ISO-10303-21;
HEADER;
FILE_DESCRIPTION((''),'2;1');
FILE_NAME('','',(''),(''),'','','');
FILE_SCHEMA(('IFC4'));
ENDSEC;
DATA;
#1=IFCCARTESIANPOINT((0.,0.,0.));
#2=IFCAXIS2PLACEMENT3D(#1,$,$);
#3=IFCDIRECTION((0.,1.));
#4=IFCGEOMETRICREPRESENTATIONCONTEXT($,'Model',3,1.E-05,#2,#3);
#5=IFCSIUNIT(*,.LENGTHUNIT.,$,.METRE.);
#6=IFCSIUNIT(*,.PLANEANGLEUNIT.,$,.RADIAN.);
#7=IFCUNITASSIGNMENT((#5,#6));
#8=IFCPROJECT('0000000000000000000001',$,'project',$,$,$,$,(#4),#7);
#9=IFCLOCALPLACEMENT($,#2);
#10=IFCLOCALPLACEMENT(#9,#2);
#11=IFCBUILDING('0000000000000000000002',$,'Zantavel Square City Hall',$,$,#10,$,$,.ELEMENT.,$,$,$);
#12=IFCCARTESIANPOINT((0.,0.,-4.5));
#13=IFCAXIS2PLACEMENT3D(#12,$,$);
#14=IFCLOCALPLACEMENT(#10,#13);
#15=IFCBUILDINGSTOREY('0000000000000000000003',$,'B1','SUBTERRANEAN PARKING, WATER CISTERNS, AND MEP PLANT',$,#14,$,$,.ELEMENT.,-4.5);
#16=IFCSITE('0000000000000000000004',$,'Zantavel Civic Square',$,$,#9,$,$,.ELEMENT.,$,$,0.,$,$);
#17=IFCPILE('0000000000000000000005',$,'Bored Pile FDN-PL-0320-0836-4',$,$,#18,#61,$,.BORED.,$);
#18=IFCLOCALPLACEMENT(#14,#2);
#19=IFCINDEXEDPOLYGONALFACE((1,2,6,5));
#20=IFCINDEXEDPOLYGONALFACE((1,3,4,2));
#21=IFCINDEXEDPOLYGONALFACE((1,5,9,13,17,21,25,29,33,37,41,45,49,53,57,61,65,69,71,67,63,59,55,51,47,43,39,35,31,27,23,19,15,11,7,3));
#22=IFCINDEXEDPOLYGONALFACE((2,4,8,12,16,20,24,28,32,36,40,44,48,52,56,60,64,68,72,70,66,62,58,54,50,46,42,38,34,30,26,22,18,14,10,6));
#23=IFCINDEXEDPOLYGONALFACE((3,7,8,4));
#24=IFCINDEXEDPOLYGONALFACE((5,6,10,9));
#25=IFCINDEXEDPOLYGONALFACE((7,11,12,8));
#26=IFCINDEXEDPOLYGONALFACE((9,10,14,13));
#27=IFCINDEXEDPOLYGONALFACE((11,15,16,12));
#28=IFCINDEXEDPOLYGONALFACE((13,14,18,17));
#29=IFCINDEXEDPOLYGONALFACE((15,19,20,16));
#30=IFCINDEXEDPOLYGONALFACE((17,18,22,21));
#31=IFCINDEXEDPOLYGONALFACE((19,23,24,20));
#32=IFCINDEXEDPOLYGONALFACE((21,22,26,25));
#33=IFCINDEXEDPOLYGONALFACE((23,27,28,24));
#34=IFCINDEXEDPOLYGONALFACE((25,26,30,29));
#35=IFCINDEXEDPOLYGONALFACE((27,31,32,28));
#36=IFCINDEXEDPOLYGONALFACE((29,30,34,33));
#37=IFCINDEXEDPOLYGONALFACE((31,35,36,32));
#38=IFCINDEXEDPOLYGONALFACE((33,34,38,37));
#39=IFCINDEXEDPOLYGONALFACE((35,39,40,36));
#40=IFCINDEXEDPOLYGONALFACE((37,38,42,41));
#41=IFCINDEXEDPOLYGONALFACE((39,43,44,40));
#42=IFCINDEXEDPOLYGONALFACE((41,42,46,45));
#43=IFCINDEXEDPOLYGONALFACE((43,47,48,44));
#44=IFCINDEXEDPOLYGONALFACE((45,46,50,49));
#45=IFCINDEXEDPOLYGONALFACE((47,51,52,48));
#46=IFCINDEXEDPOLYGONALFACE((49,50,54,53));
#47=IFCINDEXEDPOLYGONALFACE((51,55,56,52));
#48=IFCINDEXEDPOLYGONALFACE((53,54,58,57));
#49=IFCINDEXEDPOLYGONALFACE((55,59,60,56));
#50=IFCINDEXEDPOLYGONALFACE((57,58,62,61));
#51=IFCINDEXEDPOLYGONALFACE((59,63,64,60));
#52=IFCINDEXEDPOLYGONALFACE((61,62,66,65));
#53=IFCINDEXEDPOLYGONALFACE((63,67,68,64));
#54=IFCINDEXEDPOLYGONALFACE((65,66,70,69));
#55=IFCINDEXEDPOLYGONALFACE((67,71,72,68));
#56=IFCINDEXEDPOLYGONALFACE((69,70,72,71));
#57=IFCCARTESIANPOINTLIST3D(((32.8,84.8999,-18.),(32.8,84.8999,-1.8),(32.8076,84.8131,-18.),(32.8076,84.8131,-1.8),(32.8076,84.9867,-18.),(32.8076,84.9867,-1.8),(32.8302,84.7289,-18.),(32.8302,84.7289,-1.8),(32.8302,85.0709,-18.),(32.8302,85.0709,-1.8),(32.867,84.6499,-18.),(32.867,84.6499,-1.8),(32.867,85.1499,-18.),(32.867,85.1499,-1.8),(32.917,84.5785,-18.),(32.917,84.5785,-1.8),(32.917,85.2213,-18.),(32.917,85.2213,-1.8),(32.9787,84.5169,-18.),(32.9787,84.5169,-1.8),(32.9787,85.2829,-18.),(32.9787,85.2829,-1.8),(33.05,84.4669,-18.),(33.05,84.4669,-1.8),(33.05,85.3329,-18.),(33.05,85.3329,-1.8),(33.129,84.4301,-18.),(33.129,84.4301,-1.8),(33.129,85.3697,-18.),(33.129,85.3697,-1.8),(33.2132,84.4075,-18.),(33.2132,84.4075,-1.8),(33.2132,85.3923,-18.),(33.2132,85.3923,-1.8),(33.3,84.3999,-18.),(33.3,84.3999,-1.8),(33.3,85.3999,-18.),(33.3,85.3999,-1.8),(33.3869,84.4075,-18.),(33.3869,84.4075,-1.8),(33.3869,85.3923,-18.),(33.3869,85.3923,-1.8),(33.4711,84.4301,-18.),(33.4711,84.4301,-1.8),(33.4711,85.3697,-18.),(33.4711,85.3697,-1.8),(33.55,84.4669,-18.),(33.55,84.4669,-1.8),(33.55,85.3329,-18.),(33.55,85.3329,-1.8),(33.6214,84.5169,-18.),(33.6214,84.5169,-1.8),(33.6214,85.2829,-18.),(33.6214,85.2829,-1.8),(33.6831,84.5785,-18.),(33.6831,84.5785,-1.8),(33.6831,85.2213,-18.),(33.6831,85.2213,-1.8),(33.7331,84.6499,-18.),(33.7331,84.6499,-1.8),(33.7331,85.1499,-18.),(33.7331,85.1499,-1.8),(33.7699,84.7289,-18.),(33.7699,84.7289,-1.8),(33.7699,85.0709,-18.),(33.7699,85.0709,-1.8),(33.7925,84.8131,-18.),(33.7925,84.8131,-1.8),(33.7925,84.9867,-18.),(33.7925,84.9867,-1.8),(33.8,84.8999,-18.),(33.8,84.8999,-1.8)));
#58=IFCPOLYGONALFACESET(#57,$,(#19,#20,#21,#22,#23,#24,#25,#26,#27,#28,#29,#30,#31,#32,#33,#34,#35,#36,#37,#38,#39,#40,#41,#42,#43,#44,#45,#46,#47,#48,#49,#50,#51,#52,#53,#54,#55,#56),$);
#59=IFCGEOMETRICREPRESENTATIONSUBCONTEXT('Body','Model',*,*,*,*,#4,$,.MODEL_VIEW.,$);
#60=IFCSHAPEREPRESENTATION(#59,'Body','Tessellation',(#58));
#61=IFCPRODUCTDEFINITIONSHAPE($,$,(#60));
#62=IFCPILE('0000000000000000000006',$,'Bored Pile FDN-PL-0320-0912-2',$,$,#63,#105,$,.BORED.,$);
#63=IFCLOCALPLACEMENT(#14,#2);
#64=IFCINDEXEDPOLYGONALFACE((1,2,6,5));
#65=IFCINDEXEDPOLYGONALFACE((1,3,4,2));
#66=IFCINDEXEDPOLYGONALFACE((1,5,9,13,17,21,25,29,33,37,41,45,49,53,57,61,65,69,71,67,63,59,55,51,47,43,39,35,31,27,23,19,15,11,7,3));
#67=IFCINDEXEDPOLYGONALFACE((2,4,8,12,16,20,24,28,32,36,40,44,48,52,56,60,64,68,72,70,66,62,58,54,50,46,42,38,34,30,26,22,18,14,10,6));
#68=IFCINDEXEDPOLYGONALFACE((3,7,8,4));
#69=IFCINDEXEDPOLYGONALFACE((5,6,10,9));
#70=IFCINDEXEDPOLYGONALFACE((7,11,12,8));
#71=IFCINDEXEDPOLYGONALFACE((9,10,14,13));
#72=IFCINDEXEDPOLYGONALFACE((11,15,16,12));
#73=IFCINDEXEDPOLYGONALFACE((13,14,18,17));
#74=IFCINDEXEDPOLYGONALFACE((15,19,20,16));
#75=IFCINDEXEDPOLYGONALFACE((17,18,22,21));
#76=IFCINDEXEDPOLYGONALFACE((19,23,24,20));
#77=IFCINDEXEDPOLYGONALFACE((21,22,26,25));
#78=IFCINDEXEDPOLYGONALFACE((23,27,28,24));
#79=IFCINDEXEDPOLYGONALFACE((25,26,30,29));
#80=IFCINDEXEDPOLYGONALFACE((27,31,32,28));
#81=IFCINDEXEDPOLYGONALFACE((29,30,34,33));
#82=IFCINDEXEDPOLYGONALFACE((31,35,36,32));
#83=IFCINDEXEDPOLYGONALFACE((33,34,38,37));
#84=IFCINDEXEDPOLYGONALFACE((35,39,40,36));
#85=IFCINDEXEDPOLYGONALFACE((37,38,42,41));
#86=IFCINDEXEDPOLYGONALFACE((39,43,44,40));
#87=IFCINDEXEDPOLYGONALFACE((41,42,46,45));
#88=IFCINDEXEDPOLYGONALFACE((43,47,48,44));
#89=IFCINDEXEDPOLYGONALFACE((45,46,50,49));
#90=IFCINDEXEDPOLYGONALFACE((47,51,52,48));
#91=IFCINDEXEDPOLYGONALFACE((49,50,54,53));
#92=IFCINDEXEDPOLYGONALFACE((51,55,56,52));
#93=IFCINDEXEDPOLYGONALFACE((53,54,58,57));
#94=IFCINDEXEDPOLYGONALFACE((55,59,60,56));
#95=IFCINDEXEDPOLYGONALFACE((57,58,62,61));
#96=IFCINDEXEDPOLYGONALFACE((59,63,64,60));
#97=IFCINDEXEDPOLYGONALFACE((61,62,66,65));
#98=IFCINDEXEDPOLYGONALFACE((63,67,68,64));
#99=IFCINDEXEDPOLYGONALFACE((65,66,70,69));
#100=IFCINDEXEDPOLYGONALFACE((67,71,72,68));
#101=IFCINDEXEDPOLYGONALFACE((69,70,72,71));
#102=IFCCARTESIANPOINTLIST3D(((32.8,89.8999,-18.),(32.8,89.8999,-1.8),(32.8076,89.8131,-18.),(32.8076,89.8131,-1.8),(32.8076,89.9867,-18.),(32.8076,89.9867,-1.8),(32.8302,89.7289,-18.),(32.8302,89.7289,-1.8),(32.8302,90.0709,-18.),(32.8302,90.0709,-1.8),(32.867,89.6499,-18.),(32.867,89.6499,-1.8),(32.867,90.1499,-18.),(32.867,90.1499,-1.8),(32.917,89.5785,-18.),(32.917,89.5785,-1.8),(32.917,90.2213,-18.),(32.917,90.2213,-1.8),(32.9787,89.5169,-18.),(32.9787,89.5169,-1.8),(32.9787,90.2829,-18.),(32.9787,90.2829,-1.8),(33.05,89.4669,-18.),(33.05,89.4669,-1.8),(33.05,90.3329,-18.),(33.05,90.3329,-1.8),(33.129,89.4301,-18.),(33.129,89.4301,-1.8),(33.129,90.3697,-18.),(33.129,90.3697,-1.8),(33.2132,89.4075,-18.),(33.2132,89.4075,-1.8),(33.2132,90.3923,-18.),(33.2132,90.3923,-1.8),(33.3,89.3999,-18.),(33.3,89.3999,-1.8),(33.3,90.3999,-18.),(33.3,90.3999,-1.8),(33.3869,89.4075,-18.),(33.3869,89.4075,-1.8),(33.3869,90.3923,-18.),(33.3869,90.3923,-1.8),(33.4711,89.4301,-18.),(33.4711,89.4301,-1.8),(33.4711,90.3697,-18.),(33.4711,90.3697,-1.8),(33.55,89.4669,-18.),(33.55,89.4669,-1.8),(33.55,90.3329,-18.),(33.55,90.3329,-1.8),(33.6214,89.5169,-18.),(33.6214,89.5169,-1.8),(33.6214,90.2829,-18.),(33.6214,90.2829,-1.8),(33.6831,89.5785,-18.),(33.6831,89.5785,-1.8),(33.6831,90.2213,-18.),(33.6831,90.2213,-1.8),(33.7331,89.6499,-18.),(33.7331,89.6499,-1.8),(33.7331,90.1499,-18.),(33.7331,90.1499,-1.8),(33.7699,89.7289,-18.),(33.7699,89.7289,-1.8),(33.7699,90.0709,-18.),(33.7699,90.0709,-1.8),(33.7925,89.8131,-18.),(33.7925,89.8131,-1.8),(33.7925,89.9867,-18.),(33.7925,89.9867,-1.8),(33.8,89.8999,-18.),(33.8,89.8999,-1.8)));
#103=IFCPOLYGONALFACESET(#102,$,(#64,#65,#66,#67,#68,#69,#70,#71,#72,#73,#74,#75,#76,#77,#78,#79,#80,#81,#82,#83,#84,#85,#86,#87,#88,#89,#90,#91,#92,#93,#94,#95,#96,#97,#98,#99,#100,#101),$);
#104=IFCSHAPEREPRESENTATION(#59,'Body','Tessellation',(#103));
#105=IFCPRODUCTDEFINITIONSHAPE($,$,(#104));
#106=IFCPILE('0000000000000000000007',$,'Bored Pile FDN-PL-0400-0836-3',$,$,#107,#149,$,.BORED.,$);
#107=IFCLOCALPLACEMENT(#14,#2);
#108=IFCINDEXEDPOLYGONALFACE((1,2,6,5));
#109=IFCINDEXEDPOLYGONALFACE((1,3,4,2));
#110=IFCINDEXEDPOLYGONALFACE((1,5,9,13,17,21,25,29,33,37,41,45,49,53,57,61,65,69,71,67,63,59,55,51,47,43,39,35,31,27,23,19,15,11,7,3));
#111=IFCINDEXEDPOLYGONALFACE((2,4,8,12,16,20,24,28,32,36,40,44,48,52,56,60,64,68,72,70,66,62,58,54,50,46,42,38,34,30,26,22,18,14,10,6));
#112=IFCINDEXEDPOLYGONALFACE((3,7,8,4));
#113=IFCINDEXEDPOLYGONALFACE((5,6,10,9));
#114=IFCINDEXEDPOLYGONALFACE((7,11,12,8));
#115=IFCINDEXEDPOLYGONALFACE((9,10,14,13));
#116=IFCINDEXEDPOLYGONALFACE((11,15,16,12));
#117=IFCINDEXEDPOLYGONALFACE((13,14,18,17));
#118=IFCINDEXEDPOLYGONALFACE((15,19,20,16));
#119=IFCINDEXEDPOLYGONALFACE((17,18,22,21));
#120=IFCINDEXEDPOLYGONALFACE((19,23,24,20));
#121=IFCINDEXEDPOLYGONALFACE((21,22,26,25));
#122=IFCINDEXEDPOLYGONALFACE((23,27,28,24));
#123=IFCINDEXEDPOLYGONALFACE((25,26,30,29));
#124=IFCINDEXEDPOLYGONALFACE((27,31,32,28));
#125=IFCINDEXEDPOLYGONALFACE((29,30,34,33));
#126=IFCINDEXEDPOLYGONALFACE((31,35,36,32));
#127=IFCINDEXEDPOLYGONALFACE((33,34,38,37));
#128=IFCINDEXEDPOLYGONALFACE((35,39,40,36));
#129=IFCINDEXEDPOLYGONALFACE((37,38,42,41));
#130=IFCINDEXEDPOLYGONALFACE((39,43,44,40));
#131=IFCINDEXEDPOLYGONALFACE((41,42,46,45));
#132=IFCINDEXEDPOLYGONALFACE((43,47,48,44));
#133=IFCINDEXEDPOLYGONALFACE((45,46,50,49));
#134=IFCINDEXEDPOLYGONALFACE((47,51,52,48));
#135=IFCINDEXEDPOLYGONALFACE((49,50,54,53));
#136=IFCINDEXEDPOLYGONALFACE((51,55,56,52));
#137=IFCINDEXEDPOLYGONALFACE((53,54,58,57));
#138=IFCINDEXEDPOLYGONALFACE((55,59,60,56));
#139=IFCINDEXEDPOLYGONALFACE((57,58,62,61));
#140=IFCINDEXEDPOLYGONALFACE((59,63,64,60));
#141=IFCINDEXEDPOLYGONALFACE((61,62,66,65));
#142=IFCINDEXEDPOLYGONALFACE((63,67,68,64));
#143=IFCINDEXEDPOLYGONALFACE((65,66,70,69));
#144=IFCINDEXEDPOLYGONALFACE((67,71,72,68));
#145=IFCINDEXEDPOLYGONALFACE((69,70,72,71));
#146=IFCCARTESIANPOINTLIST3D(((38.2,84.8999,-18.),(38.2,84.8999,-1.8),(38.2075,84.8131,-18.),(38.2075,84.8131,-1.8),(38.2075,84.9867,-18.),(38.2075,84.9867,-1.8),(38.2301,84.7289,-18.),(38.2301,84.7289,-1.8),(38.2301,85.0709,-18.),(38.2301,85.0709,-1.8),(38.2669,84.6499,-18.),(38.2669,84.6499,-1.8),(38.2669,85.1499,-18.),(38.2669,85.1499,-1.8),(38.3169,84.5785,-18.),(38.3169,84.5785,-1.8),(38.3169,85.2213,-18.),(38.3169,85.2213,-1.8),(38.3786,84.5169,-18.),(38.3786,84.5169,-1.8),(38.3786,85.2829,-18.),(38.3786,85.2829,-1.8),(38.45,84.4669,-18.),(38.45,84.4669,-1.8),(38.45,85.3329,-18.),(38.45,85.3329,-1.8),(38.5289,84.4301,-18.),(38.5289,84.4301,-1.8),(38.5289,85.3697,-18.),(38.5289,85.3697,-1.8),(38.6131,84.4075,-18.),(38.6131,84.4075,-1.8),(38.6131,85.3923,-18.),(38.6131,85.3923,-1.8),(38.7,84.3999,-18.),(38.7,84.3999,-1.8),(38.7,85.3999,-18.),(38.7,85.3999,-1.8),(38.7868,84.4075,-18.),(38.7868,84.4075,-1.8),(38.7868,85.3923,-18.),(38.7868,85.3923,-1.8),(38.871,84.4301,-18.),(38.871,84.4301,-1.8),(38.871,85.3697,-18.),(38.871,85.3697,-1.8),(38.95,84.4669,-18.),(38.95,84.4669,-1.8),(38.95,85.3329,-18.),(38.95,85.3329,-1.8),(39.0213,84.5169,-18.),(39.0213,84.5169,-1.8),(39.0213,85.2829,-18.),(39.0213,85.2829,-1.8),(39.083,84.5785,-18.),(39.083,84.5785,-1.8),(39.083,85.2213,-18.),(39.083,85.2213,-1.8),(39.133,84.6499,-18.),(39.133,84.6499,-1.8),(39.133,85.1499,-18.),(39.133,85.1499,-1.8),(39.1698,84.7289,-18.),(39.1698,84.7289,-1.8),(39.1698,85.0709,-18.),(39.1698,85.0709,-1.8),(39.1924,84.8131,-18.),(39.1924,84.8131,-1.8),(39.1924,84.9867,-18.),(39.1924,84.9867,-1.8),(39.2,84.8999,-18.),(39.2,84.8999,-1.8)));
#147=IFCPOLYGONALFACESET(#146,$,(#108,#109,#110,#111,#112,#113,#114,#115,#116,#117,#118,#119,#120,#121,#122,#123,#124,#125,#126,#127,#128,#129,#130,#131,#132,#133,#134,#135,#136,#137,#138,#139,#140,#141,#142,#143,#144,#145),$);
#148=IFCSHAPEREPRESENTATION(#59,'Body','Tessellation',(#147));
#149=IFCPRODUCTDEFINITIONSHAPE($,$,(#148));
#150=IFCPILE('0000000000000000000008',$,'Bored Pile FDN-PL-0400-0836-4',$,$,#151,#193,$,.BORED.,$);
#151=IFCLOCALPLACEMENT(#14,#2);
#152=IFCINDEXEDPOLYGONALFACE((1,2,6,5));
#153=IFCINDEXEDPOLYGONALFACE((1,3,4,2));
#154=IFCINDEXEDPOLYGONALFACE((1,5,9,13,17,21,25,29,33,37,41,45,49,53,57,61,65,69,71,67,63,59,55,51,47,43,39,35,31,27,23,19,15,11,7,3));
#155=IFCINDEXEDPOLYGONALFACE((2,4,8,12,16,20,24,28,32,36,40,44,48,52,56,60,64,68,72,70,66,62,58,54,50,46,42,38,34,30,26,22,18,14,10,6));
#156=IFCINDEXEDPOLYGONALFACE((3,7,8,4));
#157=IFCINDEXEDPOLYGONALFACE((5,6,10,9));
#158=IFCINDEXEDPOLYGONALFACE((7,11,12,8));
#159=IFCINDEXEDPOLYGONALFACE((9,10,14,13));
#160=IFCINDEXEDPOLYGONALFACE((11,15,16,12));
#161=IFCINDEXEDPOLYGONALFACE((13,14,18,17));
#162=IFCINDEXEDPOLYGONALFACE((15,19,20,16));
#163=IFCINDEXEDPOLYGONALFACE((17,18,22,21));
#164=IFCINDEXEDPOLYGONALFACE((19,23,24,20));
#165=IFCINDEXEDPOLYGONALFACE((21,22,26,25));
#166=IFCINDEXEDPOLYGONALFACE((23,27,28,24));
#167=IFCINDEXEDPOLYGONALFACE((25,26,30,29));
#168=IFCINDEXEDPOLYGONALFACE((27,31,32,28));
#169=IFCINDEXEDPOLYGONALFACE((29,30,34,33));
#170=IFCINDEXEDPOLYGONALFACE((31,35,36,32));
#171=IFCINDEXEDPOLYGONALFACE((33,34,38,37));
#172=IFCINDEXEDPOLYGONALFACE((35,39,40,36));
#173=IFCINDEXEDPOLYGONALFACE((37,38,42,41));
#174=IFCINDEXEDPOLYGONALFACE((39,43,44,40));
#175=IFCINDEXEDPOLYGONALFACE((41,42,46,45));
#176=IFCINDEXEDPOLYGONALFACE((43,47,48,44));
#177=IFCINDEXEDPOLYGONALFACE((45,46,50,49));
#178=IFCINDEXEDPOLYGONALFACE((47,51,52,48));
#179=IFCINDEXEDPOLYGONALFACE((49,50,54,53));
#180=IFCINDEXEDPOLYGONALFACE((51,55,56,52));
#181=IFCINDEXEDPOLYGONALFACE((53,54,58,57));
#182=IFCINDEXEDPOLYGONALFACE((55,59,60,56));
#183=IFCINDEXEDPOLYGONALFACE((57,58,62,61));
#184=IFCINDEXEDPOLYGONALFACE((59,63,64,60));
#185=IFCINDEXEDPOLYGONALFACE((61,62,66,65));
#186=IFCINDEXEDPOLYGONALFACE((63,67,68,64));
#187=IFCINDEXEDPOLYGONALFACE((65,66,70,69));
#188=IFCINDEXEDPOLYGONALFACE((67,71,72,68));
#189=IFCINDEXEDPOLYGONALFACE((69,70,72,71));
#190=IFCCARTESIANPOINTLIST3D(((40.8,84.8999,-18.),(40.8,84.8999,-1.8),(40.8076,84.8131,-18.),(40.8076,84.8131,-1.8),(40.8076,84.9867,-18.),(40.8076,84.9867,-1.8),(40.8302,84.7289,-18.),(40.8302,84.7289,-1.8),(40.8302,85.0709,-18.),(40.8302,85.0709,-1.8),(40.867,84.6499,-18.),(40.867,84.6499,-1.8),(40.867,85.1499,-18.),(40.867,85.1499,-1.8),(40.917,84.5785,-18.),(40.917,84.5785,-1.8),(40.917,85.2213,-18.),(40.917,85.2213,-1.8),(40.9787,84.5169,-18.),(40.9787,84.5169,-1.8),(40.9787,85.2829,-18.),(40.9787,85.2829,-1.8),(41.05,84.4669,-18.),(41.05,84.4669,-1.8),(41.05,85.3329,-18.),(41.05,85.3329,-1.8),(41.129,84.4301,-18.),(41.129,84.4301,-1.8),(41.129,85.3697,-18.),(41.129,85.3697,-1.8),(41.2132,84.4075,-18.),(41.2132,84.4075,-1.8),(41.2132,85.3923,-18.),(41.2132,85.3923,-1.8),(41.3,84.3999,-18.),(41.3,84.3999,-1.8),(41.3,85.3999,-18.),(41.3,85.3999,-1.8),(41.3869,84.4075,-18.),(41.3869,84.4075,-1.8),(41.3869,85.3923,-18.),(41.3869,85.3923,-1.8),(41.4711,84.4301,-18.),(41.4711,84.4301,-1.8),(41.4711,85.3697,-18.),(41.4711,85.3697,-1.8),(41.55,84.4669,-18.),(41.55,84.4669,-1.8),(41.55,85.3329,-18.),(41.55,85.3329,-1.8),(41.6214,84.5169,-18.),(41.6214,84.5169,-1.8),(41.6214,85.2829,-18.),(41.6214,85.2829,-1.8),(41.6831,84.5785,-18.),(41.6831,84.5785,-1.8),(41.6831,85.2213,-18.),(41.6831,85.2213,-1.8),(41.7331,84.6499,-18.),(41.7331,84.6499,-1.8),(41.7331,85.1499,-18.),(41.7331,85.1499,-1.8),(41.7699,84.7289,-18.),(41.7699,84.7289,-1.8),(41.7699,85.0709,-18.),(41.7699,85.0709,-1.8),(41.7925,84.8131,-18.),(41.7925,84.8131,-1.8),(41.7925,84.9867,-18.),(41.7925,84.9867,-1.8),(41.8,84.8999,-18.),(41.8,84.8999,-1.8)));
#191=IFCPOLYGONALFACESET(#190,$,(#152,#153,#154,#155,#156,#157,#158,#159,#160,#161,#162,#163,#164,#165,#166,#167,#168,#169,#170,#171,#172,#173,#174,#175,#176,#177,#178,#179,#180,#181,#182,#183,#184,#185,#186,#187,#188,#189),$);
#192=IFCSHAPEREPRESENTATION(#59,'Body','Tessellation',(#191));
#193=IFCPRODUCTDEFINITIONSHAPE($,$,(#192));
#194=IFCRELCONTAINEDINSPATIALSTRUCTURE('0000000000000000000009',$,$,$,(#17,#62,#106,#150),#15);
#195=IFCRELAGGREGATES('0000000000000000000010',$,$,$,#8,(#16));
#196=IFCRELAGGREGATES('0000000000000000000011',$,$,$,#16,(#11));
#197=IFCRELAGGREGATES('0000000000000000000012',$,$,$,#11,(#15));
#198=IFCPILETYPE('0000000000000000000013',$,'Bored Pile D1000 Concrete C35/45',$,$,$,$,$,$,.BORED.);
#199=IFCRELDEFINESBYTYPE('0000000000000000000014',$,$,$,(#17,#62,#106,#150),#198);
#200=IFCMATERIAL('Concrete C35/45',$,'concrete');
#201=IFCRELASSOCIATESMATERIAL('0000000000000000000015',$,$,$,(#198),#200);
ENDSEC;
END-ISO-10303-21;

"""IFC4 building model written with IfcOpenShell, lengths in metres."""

from ifc_helpers import new_model, si_unit, direction, frame, origin, origin_2d, place, context, subcontext, project, spatial, circle, extrude, material, material_profile, profile_set, type_object, element, save


model = new_model("IFC4")

# Units and contexts
model_context = context("Model", 3, precision=1e-05, world=origin(), true_north=direction((0.0, 1.0)))
body_context = subcontext(model_context, "Body", "Model", "MODEL_VIEW")
ifc_project = project(units=[si_unit("LENGTHUNIT", "METRE"), si_unit("PLANEANGLEUNIT", "RADIAN")], contexts=[model_context])

# Site, building, storey
site_placement = place(None, origin())
site = spatial("IfcSite", under=ifc_project, at=site_placement, Name="Zantavel Civic Square", CompositionType="ELEMENT", RefElevation=0.0)
building_placement = place(site_placement, origin())
building = spatial("IfcBuilding", under=site, at=building_placement, Name="Zantavel Square City Hall", CompositionType="ELEMENT")
storey_placement = place(building_placement, frame((0.0, 0.0, -4.5)))
storey = spatial("IfcBuildingStorey", under=building, at=storey_placement, Name="B1", Description="SUBTERRANEAN PARKING, WATER CISTERNS, AND MEP PLANT", CompositionType="ELEMENT", Elevation=-4.5)

# Piles
ifc_material_1 = material(Name="Concrete C35/45", Category="concrete")
ifc_material_profile_1 = material_profile(ifc_material_1, circle(Radius=0.5, at=origin_2d()), Name="PILE D1000")
ifc_profile_set_1 = profile_set([ifc_material_profile_1], Name="Concrete C35/45")
pile_type = type_object("IfcPileType", Name="Bored Pile D1000 Concrete C35/45", PredefinedType="BORED", material=ifc_profile_set_1)
for number, where, z_axis, x_axis, name in (
    (1, (33.3, 84.8999, -1.8), (0.0, 0.0, -1.0), (1.0, 0.0, 0.0), "Bored Pile FDN-PL-0320-0836-4"),
    (2, (33.3, 89.8999, -1.8), (0.0, 0.0, -1.0), (1.0, 0.0, 0.0), "Bored Pile FDN-PL-0320-0912-2"),
    (3, (38.7, 84.8999, -1.8), (0.0, 0.0, -1.0), (1.0, 0.0, 0.0), "Bored Pile FDN-PL-0400-0836-3"),
    (4, (41.3, 84.8999, -1.8), (0.0, 0.0, -1.0), (1.0, 0.0, 0.0), "Bored Pile FDN-PL-0400-0836-4"),
):
    element("IfcPile", number, at=place(storey_placement, frame(where, z_axis=z_axis, x_axis=x_axis)), inside=storey, type_object=pile_type, Name=name, PredefinedType="BORED", context=body_context, shape_type="SweptSolid", body=[
        extrude(circle(Radius=0.5, at=origin_2d()), origin(), (0.0, 0.0, 1.0), 16.2),
    ])

save(model, "model.ifc")
